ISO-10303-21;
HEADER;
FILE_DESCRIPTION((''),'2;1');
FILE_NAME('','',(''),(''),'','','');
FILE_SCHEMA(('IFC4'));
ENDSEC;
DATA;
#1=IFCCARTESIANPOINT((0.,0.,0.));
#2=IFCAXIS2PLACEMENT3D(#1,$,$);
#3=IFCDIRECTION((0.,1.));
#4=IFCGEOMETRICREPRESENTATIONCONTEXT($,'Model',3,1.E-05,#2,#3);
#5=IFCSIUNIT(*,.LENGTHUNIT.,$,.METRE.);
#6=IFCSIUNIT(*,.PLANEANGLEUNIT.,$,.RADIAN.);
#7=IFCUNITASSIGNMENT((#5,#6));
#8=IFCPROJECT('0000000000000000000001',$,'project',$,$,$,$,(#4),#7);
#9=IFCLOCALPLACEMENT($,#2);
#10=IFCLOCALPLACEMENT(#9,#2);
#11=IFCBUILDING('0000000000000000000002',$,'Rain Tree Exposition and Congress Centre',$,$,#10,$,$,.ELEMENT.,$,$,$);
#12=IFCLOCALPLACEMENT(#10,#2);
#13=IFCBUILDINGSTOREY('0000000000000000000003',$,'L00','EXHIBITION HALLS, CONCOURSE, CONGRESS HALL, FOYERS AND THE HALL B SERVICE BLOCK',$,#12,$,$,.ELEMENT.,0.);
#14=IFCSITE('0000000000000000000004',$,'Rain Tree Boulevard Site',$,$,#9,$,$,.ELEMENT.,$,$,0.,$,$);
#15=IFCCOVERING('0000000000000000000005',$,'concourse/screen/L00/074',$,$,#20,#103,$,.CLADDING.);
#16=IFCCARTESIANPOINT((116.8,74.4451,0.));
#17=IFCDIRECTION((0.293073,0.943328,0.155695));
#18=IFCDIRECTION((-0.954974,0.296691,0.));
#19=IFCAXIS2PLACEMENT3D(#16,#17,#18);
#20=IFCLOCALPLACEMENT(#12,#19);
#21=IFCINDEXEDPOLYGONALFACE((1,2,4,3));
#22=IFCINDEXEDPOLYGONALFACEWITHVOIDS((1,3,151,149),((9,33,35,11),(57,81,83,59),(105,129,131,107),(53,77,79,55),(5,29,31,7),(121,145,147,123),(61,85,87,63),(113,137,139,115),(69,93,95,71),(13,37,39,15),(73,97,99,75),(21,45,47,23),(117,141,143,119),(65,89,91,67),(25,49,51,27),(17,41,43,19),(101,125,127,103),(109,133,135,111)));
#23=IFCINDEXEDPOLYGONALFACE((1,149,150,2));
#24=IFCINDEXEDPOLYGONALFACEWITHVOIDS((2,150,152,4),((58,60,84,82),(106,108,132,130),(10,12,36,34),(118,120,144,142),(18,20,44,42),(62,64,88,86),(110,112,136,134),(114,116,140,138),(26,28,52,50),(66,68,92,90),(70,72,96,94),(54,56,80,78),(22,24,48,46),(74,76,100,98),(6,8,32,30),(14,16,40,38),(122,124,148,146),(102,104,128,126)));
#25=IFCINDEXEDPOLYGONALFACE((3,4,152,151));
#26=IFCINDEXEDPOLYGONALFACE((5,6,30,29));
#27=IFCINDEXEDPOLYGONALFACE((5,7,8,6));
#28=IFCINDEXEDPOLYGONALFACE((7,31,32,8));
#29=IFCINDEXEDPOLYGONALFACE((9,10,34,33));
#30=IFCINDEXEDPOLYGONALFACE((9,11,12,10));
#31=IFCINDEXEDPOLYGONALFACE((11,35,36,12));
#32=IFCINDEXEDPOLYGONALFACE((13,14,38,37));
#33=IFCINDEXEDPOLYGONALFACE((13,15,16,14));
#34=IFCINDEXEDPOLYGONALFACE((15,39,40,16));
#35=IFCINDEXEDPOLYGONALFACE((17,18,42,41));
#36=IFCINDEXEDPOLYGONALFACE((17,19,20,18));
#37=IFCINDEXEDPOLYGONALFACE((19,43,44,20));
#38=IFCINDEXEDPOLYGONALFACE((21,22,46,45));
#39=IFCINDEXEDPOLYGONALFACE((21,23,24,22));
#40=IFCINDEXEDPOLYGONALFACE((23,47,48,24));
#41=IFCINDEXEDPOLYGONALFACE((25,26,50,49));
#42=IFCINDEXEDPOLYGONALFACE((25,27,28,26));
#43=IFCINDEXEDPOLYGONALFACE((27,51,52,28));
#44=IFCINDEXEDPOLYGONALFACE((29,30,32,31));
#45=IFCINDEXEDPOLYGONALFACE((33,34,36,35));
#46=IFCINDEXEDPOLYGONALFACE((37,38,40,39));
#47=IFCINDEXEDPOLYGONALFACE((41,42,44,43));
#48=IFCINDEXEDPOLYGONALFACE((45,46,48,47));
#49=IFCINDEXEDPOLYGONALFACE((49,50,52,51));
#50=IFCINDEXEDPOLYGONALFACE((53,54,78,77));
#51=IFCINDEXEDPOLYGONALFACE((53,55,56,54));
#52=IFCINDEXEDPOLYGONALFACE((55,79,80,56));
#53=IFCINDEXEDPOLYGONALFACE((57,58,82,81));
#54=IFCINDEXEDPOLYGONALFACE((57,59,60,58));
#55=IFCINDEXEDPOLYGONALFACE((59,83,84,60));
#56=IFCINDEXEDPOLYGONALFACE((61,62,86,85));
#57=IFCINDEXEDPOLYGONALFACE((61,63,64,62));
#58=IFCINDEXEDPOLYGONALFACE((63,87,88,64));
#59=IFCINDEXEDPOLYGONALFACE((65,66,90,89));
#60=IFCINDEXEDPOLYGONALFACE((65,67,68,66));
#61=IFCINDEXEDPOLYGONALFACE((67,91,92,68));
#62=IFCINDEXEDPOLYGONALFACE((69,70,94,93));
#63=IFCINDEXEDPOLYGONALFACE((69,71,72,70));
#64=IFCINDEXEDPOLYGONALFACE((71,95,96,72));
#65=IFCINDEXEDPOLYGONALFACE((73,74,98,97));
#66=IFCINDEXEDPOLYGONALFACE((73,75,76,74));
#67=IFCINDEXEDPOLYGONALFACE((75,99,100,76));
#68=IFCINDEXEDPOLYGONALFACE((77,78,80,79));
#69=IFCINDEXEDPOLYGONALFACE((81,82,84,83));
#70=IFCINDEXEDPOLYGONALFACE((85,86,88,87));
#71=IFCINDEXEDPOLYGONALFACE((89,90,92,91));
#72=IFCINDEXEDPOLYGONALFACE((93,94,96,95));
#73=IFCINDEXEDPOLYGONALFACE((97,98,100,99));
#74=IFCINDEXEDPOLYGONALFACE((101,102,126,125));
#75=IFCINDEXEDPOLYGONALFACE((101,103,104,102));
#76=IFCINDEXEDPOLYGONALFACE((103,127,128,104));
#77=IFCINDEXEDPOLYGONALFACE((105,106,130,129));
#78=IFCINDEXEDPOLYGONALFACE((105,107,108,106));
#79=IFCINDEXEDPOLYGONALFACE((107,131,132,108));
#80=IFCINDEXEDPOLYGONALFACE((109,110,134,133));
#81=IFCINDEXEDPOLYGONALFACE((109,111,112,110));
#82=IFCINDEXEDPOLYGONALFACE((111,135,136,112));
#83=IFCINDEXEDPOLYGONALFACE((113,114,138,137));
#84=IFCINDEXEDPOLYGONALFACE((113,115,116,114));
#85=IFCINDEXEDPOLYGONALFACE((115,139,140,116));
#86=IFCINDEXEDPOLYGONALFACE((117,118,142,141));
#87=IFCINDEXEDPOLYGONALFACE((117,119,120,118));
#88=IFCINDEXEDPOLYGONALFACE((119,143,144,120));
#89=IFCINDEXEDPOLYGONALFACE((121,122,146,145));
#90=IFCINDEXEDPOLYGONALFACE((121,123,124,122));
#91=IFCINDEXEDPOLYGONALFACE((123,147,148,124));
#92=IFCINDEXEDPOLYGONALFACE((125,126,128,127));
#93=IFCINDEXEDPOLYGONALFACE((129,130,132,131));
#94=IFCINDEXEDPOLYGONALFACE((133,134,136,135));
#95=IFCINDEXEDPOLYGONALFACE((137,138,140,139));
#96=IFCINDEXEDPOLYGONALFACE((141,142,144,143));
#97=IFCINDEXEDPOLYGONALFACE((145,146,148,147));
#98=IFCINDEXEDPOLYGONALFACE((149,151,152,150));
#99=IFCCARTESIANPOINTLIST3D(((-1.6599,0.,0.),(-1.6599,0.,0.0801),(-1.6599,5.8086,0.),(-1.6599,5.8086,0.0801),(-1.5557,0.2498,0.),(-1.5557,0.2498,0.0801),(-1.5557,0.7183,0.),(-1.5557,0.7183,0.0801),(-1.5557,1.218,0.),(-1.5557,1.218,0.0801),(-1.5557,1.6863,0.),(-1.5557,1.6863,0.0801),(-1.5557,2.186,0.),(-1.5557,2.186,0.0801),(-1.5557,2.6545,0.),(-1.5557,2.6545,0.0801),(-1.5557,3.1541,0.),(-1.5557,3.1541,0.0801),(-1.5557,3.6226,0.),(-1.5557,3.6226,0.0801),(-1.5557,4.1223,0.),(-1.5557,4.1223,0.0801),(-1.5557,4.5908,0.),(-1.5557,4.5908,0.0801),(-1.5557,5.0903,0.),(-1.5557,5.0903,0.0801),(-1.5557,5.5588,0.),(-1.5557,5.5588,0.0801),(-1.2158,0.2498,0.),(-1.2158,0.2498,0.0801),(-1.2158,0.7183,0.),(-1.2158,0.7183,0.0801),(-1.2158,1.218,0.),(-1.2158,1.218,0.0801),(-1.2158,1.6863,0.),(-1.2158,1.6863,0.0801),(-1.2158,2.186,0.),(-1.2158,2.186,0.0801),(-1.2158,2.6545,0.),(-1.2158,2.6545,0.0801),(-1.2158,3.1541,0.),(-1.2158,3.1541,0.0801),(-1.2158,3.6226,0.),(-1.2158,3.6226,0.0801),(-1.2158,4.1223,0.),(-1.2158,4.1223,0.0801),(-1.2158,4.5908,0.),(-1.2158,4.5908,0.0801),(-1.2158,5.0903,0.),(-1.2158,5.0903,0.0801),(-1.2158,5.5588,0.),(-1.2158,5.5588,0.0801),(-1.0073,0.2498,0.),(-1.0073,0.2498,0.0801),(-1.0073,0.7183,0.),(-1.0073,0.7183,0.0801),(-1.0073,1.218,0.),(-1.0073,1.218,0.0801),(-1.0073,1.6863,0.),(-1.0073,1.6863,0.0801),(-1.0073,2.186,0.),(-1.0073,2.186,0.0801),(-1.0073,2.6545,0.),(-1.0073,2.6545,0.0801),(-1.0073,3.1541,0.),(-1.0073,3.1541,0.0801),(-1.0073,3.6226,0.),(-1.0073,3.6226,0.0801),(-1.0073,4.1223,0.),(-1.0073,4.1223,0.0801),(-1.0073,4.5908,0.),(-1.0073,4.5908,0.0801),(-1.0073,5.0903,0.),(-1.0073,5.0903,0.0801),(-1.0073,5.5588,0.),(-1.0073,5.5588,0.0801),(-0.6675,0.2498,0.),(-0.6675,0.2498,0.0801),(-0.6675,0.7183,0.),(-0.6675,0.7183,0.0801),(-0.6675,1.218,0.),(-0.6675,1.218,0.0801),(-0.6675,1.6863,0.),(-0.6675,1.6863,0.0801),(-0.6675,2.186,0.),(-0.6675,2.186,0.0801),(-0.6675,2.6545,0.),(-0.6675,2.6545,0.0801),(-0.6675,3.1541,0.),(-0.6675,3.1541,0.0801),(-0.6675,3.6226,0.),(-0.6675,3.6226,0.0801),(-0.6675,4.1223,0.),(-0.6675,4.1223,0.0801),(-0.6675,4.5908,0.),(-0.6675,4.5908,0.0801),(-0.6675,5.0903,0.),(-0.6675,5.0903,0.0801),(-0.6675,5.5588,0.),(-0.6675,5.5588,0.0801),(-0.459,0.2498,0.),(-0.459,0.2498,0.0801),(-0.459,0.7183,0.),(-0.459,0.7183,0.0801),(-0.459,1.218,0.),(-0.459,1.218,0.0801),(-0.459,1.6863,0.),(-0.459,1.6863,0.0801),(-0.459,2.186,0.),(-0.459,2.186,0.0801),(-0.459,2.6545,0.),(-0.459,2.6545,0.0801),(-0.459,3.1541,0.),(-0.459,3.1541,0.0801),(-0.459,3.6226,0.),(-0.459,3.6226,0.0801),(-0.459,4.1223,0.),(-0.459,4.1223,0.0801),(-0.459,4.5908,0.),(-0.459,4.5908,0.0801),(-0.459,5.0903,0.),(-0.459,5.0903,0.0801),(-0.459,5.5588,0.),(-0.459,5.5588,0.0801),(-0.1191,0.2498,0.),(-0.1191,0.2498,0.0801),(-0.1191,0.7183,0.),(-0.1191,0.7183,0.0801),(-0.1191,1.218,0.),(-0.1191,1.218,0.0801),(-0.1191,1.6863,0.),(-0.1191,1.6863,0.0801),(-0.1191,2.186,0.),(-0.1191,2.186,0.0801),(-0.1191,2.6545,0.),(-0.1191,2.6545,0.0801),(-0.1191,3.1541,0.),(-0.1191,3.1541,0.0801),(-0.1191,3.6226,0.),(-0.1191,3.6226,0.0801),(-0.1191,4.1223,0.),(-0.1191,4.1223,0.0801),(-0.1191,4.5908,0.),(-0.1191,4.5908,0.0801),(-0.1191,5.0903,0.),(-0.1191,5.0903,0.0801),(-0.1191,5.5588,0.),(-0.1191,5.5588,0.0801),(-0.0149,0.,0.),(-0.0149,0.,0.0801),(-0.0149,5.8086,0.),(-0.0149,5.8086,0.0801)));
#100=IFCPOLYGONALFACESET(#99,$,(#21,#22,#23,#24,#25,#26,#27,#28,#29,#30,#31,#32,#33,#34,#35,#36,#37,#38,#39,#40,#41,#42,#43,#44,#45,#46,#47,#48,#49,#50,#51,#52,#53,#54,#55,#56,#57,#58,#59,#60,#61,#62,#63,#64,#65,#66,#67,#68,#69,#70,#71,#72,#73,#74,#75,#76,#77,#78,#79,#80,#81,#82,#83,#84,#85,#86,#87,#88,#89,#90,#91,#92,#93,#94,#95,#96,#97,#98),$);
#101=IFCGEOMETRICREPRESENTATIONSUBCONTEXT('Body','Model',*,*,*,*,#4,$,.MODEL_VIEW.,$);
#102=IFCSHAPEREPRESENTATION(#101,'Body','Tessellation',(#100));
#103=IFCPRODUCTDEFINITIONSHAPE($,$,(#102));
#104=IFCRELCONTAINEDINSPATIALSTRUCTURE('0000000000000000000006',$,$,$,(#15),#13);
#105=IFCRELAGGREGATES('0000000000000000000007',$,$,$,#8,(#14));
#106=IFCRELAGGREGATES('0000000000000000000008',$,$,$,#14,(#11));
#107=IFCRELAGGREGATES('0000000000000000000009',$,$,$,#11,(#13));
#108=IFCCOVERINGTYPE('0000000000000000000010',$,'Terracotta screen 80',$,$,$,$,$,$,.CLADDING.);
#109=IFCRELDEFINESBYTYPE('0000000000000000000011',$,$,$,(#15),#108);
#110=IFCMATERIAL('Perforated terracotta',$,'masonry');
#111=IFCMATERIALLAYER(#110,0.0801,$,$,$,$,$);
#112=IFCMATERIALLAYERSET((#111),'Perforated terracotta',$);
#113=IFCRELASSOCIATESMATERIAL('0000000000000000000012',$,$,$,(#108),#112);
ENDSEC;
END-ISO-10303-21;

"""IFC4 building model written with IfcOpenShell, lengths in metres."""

from ifc_helpers import new_model, si_unit, direction, frame, origin, place, context, subcontext, project, spatial, polyline, outline, extrude, material, layer, layer_set, type_object, element, save


model = new_model("IFC4")

# Units and contexts
model_context = context("Model", 3, precision=1e-05, world=origin(), true_north=direction((0.0, 1.0)))
body_context = subcontext(model_context, "Body", "Model", "MODEL_VIEW")
ifc_project = project(units=[si_unit("LENGTHUNIT", "METRE"), si_unit("PLANEANGLEUNIT", "RADIAN")], contexts=[model_context])

# Site, building, storey
site_placement = place(None, origin())
site = spatial("IfcSite", under=ifc_project, at=site_placement, Name="Rain Tree Boulevard Site", CompositionType="ELEMENT", RefElevation=0.0)
building_placement = place(site_placement, origin())
building = spatial("IfcBuilding", under=site, at=building_placement, Name="Rain Tree Exposition and Congress Centre", CompositionType="ELEMENT")
storey_placement = place(building_placement, origin())
storey = spatial("IfcBuildingStorey", under=building, at=storey_placement, Name="L00", Description="EXHIBITION HALLS, CONCOURSE, CONGRESS HALL, FOYERS AND THE HALL B SERVICE BLOCK", CompositionType="ELEMENT", Elevation=0.0)

# Covering
ifc_material_1 = material(Name="Perforated terracotta", Category="masonry")
ifc_layer_1 = layer(ifc_material_1, 0.0801)
ifc_layer_set_1 = layer_set([ifc_layer_1], Name="Perforated terracotta")
covering_type_1 = type_object("IfcCoveringType", Name="Terracotta screen 80", PredefinedType="CLADDING", material=ifc_layer_set_1)
covering_1_placement = place(storey_placement, frame((116.8, 74.4451, 0.0), z_axis=(0.293073, 0.943328, 0.155695), x_axis=(-0.954974, 0.296691, 0.0)))
element("IfcCovering", 1, at=covering_1_placement, inside=storey, type_object=covering_type_1, Name="concourse/screen/L00/074", PredefinedType="CLADDING", context=body_context, shape_type="SweptSolid", body=[
    extrude(outline(polyline([(-0.0149, 0.0), (-1.6599, 0.0), (-1.6599, 5.8086), (-0.0149, 5.8086), (-0.0149, 0.0)]), holes=[polyline([(-0.1191, 0.2498), (-0.1191, 0.7183), (-0.459, 0.7183), (-0.459, 0.2498), (-0.1191, 0.2498)]), polyline([(-0.1191, 1.218), (-0.1191, 1.6863), (-0.459, 1.6863), (-0.459, 1.218), (-0.1191, 1.218)]), polyline([(-0.1191, 2.186), (-0.1191, 2.6545), (-0.459, 2.6545), (-0.459, 2.186), (-0.1191, 2.186)]), polyline([(-0.1191, 3.1541), (-0.1191, 3.6226), (-0.459, 3.6226), (-0.459, 3.1541), (-0.1191, 3.1541)]), polyline([(-0.1191, 4.1223), (-0.1191, 4.5908), (-0.459, 4.5908), (-0.459, 4.1223), (-0.1191, 4.1223)]), polyline([(-0.1191, 5.0903), (-0.1191, 5.5588), (-0.459, 5.5588), (-0.459, 5.0903), (-0.1191, 5.0903)]), polyline([(-0.6675, 0.2498), (-0.6675, 0.7183), (-1.0073, 0.7183), (-1.0073, 0.2498), (-0.6675, 0.2498)]), polyline([(-0.6675, 1.218), (-0.6675, 1.6863), (-1.0073, 1.6863), (-1.0073, 1.218), (-0.6675, 1.218)]), polyline([(-0.6675, 2.186), (-0.6675, 2.6545), (-1.0073, 2.6545), (-1.0073, 2.186), (-0.6675, 2.186)]), polyline([(-0.6675, 3.1541), (-0.6675, 3.6226), (-1.0073, 3.6226), (-1.0073, 3.1541), (-0.6675, 3.1541)]), polyline([(-0.6675, 4.1223), (-0.6675, 4.5908), (-1.0073, 4.5908), (-1.0073, 4.1223), (-0.6675, 4.1223)]), polyline([(-0.6675, 5.0903), (-0.6675, 5.5588), (-1.0073, 5.5588), (-1.0073, 5.0903), (-0.6675, 5.0903)]), polyline([(-1.2158, 0.2498), (-1.2158, 0.7183), (-1.5557, 0.7183), (-1.5557, 0.2498), (-1.2158, 0.2498)]), polyline([(-1.2158, 1.218), (-1.2158, 1.6863), (-1.5557, 1.6863), (-1.5557, 1.218), (-1.2158, 1.218)]), polyline([(-1.2158, 2.186), (-1.2158, 2.6545), (-1.5557, 2.6545), (-1.5557, 2.186), (-1.2158, 2.186)]), polyline([(-1.2158, 3.1541), (-1.2158, 3.6226), (-1.5557, 3.6226), (-1.5557, 3.1541), (-1.2158, 3.1541)]), polyline([(-1.2158, 4.1223), (-1.2158, 4.5908), (-1.5557, 4.5908), (-1.5557, 4.1223), (-1.2158, 4.1223)]), polyline([(-1.2158, 5.0903), (-1.2158, 5.5588), (-1.5557, 5.5588), (-1.5557, 5.0903), (-1.2158, 5.0903)])]), origin(), (0.0, 0.0, 1.0), 0.0801),
])

save(model, "model.ifc")
